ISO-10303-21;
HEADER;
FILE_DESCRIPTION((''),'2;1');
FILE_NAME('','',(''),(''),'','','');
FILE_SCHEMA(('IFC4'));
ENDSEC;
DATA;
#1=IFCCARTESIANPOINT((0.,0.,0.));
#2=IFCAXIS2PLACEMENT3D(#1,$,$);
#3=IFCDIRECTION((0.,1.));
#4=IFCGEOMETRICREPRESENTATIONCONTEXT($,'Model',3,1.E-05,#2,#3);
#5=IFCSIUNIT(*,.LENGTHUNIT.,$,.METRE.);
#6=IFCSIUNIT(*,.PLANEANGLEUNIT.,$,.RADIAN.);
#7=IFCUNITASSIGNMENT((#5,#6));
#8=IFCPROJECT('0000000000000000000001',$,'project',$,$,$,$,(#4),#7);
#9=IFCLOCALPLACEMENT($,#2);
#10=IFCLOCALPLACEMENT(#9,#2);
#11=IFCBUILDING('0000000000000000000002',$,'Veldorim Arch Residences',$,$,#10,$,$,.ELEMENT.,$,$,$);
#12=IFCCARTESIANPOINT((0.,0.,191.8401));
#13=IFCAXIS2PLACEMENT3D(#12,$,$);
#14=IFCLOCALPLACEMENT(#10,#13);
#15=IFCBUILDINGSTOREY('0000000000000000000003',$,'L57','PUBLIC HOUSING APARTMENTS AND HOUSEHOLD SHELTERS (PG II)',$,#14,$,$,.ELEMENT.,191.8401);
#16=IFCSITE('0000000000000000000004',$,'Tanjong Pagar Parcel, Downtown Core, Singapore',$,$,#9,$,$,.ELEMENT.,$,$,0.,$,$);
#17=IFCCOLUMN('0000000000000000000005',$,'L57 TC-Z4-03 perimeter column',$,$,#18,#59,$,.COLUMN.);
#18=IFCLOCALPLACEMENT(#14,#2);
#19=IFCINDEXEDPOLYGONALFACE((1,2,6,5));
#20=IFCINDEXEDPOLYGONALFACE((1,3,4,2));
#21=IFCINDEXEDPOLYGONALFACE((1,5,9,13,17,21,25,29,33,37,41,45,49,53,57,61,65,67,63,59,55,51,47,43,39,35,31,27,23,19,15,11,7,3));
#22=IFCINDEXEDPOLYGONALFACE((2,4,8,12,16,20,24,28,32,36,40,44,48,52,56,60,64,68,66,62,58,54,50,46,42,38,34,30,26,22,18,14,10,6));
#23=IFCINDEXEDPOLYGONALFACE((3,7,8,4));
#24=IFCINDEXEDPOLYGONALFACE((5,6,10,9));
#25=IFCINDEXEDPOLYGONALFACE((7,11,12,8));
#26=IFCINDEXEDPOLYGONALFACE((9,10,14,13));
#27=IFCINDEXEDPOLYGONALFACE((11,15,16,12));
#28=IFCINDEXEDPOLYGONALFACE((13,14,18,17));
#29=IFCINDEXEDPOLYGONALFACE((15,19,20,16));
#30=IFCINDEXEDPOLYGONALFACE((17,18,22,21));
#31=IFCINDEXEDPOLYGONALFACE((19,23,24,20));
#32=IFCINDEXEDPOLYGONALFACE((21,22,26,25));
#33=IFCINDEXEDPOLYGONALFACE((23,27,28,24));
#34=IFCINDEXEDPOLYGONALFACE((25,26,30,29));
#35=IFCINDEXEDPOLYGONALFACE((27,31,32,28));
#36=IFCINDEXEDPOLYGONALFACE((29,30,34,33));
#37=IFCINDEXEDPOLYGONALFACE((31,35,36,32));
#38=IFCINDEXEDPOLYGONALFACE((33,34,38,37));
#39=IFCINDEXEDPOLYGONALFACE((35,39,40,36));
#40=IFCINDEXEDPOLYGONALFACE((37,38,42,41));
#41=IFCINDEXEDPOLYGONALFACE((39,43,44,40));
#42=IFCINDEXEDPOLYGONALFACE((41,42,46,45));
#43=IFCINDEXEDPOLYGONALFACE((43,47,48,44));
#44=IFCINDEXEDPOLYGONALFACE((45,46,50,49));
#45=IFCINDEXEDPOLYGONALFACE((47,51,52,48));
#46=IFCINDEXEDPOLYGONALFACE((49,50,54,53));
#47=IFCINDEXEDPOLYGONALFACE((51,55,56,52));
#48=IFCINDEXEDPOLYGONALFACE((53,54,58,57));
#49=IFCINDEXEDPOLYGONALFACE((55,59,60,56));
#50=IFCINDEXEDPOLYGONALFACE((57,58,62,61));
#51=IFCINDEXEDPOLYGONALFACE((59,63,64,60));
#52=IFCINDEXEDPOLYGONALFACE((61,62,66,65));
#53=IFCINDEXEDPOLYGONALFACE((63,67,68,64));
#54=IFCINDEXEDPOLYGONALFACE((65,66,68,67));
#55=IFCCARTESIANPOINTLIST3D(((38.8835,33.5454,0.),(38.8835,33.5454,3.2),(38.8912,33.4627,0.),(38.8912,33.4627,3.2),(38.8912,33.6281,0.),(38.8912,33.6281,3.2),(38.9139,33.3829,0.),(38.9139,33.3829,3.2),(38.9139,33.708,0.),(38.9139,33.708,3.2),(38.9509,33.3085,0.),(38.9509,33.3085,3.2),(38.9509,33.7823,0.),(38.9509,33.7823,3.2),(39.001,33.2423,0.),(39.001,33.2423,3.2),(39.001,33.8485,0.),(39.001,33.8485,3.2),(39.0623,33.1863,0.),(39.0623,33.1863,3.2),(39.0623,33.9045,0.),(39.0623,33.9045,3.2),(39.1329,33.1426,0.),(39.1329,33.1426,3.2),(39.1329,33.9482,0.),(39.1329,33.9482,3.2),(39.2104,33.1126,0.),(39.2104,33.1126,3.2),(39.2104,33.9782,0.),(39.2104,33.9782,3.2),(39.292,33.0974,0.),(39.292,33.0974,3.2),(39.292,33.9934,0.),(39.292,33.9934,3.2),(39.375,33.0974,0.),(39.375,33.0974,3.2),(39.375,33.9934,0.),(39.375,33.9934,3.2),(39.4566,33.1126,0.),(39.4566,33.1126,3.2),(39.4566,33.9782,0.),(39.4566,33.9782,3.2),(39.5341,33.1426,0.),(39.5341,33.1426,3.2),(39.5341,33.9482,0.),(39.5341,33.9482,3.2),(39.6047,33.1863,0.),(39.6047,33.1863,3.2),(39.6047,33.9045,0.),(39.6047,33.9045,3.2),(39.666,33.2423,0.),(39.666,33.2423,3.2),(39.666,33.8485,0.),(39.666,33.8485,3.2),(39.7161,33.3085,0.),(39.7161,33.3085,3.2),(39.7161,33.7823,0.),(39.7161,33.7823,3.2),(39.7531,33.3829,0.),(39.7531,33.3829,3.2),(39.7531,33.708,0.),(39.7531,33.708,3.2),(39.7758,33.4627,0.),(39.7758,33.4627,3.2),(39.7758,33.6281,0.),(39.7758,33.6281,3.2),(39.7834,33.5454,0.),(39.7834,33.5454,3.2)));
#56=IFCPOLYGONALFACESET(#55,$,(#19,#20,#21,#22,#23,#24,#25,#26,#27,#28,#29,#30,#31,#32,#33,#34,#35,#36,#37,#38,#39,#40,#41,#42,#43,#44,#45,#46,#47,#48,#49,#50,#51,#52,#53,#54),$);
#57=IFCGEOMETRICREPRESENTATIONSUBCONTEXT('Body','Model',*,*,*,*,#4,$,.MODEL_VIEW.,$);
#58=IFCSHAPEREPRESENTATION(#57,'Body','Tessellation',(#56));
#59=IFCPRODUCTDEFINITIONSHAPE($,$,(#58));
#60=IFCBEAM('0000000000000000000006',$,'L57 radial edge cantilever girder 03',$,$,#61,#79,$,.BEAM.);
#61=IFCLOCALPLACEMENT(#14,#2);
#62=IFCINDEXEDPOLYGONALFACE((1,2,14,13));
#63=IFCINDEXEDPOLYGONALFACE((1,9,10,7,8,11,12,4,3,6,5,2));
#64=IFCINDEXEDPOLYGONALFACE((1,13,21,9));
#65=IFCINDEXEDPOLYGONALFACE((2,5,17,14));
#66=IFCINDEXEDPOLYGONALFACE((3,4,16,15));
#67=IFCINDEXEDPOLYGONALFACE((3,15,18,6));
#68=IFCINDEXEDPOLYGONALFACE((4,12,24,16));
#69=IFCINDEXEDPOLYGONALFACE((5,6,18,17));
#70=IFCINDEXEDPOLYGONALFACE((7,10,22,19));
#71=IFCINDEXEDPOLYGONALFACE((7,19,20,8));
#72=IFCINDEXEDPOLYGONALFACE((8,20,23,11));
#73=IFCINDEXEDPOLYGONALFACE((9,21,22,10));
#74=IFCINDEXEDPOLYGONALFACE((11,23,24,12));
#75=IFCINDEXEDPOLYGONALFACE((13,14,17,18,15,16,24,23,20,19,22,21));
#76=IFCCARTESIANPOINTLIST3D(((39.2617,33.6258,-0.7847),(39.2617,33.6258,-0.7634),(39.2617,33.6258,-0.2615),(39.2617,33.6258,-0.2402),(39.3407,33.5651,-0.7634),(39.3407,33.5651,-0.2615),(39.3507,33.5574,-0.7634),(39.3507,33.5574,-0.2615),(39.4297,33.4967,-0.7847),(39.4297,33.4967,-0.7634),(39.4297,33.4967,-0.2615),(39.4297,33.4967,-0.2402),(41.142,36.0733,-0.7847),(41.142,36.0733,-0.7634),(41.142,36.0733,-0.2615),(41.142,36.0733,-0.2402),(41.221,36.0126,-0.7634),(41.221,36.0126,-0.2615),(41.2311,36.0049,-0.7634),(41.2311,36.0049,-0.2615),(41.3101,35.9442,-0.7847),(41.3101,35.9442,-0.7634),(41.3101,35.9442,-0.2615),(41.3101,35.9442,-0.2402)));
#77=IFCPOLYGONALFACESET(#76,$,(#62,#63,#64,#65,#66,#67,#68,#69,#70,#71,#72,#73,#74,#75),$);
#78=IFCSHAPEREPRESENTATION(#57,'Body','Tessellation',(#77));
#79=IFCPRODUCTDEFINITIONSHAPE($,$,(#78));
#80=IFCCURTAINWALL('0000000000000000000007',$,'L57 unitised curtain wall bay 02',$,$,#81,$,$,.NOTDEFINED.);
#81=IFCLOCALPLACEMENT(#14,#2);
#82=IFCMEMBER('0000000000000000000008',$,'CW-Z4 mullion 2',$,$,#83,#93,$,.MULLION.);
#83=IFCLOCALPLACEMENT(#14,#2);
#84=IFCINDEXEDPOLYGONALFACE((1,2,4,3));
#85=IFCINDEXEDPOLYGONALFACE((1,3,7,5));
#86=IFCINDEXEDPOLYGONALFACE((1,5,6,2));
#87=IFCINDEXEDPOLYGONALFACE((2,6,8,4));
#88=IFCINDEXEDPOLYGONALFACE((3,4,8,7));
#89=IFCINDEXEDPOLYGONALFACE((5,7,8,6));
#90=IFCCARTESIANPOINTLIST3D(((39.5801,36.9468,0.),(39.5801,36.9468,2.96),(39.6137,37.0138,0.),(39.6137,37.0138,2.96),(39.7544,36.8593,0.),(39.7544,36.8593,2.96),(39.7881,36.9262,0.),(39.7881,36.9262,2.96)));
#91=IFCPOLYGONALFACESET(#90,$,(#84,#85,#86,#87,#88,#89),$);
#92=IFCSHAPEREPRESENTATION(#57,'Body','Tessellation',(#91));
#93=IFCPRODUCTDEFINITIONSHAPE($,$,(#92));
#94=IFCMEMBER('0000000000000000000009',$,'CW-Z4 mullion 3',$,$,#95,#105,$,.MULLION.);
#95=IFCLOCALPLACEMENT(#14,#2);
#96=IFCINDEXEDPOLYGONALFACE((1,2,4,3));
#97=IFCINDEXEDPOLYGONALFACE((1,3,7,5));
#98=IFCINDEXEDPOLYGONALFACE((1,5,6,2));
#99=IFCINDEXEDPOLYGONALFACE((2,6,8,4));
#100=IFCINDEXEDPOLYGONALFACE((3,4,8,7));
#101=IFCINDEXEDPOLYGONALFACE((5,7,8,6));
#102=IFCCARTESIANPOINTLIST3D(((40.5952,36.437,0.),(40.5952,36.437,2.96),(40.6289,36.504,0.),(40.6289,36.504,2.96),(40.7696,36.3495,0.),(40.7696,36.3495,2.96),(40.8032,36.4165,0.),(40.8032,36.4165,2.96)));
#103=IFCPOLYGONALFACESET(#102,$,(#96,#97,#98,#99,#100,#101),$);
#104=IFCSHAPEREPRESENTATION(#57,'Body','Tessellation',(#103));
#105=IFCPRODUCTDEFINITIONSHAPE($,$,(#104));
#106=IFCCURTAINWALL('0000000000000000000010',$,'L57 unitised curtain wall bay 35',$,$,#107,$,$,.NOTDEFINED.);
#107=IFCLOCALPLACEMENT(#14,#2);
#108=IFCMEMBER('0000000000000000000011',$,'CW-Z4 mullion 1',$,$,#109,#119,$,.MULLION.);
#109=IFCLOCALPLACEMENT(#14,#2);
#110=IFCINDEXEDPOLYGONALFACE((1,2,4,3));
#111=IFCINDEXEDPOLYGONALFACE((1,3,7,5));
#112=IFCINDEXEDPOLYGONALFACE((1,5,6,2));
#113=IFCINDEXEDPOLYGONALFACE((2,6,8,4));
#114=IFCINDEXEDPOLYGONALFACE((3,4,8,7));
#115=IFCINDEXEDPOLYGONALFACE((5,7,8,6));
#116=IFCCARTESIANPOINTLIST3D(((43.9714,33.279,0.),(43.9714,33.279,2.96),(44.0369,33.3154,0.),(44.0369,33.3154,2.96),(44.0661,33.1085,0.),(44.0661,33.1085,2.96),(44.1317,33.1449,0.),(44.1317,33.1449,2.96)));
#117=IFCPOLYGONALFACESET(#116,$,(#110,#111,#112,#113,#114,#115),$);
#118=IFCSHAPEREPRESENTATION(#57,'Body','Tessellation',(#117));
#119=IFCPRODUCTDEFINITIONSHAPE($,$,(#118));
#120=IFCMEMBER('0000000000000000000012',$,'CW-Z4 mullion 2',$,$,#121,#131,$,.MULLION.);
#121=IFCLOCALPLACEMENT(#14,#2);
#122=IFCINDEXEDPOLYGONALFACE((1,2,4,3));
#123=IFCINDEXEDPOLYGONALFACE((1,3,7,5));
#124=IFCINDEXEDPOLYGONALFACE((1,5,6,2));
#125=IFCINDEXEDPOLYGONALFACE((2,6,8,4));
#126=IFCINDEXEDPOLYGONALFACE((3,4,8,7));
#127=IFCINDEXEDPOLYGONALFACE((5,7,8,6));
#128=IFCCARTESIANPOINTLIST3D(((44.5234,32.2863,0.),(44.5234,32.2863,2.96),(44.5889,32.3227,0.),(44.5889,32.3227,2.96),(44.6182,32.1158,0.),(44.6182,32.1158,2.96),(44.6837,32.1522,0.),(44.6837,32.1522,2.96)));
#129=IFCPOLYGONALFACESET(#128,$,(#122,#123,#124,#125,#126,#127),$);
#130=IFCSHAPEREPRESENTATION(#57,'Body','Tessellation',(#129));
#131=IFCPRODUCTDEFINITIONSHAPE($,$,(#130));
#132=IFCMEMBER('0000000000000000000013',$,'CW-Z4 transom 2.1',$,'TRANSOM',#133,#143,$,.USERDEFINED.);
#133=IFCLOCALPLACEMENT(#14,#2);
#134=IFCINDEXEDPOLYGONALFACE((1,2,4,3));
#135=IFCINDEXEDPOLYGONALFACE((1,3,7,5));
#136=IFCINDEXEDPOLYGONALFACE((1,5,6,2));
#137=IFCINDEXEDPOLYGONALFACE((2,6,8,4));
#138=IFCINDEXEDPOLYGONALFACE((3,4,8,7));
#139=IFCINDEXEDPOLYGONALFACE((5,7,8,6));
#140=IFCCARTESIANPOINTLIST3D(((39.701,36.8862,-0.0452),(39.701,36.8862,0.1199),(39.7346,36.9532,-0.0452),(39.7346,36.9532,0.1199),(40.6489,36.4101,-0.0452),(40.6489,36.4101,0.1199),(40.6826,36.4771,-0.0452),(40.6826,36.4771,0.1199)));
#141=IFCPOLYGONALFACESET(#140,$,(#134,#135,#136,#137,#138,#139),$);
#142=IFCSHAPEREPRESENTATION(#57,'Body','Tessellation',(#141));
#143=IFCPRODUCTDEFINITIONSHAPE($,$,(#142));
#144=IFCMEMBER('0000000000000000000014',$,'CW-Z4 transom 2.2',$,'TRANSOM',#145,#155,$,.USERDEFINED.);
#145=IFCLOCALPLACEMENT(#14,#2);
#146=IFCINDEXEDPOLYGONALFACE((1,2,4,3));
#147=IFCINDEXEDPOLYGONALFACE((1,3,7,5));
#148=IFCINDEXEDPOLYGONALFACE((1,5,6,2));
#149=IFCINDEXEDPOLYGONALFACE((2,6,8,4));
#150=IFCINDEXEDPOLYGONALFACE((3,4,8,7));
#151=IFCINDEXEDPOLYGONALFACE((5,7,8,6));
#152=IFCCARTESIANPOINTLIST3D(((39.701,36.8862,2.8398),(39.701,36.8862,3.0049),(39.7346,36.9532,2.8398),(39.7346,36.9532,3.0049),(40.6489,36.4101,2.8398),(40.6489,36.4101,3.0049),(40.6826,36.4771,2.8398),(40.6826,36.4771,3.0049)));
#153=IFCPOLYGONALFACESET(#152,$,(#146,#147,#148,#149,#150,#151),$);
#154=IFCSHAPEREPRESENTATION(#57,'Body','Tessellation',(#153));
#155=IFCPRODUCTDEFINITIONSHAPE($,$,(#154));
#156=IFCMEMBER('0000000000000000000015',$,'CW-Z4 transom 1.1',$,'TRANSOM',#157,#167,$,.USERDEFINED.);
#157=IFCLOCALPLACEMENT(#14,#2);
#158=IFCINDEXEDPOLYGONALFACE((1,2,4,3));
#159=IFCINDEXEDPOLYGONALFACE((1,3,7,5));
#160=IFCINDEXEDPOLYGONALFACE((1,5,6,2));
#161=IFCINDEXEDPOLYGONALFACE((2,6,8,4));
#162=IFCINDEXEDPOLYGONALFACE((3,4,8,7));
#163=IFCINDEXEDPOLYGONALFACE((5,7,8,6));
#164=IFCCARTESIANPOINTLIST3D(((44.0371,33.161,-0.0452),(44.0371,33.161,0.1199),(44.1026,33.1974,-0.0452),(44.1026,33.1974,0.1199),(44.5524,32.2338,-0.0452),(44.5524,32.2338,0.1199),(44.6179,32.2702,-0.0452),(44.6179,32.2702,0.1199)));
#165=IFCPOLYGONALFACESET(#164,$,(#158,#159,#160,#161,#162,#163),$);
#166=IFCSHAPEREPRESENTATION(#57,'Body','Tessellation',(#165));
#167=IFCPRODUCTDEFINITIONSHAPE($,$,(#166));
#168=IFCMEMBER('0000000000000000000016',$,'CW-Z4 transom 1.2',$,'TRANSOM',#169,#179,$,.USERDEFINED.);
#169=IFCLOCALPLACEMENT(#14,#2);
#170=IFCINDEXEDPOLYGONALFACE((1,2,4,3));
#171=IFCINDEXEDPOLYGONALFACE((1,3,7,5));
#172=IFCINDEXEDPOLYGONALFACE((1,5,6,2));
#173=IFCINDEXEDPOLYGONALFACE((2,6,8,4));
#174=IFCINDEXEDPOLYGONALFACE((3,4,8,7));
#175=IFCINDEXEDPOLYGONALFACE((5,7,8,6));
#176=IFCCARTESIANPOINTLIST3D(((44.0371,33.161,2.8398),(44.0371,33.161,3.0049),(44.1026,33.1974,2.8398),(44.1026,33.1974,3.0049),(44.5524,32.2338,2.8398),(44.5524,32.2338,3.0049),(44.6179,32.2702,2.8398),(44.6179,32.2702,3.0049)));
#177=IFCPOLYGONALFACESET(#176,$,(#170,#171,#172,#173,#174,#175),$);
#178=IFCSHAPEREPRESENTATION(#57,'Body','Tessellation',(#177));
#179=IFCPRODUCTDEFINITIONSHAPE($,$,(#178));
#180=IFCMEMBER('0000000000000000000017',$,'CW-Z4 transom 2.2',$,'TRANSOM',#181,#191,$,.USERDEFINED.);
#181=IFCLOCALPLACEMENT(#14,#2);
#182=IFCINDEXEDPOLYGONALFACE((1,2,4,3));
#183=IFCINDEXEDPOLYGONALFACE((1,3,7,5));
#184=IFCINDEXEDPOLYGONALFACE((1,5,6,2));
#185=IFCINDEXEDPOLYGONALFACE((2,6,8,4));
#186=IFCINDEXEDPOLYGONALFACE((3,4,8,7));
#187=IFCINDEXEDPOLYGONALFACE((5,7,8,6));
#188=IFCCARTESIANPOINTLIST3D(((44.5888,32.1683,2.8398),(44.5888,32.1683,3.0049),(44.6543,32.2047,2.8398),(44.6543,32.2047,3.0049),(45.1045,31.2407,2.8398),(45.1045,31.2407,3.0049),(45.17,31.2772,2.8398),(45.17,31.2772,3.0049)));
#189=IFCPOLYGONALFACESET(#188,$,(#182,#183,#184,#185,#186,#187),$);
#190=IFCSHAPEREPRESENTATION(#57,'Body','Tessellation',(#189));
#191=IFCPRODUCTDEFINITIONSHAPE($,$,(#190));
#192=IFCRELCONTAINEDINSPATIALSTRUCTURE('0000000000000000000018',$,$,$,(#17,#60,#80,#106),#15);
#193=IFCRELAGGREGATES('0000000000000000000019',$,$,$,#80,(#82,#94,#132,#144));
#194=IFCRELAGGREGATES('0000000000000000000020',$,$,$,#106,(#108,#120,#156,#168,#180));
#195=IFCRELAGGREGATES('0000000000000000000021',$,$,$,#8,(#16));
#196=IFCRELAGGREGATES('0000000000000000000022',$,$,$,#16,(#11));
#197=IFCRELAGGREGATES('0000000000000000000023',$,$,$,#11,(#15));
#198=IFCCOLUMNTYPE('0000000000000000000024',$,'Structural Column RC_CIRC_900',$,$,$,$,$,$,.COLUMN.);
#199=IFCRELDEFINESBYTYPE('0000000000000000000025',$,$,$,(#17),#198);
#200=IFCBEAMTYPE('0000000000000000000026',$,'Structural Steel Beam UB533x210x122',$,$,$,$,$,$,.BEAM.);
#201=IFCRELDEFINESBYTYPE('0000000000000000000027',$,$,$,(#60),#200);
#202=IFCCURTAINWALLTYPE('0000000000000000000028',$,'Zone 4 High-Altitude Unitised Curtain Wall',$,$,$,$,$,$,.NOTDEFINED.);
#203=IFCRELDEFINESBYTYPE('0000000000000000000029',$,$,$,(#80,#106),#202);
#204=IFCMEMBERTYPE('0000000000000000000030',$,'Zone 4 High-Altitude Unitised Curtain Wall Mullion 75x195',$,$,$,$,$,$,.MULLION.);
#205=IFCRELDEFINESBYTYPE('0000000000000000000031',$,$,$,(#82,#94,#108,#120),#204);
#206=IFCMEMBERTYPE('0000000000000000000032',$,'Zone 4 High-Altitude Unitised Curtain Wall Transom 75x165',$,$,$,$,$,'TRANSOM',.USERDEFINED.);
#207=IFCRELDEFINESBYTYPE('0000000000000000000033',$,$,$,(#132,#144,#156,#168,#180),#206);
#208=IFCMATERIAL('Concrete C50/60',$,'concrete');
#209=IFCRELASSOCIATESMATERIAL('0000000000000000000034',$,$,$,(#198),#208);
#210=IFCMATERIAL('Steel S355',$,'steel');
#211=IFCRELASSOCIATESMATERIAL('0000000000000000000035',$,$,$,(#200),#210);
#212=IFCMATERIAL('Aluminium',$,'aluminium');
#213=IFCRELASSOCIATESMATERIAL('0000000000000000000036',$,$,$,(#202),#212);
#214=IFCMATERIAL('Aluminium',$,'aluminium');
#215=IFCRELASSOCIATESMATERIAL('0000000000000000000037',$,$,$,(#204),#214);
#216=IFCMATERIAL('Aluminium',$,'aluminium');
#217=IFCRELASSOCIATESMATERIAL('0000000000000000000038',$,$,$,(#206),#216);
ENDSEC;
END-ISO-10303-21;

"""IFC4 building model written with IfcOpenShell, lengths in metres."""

from ifc_helpers import new_model, si_unit, direction, frame, origin, origin_2d, place, context, subcontext, project, spatial, rectangle, circle, i_section, extrude, material, material_profile, profile_set, type_object, element, aggregate, save


model = new_model("IFC4")

# Units and contexts
model_context = context("Model", 3, precision=1e-05, world=origin(), true_north=direction((0.0, 1.0)))
body_context = subcontext(model_context, "Body", "Model", "MODEL_VIEW")
ifc_project = project(units=[si_unit("LENGTHUNIT", "METRE"), si_unit("PLANEANGLEUNIT", "RADIAN")], contexts=[model_context])

# Site, building, storey
site_placement = place(None, origin())
site = spatial("IfcSite", under=ifc_project, at=site_placement, Name="Tanjong Pagar Parcel, Downtown Core, Singapore", CompositionType="ELEMENT", RefElevation=0.0)
building_placement = place(site_placement, origin())
building = spatial("IfcBuilding", under=site, at=building_placement, Name="Veldorim Arch Residences", CompositionType="ELEMENT")
storey_placement = place(building_placement, frame((0.0, 0.0, 191.8401)))
storey = spatial("IfcBuildingStorey", under=building, at=storey_placement, Name="L57", Description="PUBLIC HOUSING APARTMENTS AND HOUSEHOLD SHELTERS (PG II)", CompositionType="ELEMENT", Elevation=191.8401)

# Column
ifc_material_1 = material(Name="Concrete C50/60", Category="concrete")
ifc_material_profile_1 = material_profile(ifc_material_1, circle(Radius=0.45, at=origin_2d()), Name="RC_CIRC_900")
ifc_profile_set_1 = profile_set([ifc_material_profile_1], Name="Concrete C50/60")
column_type = type_object("IfcColumnType", Name="Structural Column RC_CIRC_900", PredefinedType="COLUMN", material=ifc_profile_set_1)
column_placement = place(storey_placement, frame((39.3335, 33.5454, 0.0), z_axis=(0.0, 0.0, 1.0), x_axis=(1.0, 0.0, 0.0)))
element("IfcColumn", 1, at=column_placement, inside=storey, type_object=column_type, Name="L57 TC-Z4-03 perimeter column", PredefinedType="COLUMN", context=body_context, shape_type="SweptSolid", body=[
    extrude(circle(Radius=0.45, at=origin_2d()), origin(), (0.0, 0.0, 1.0), 3.2),
])

# Beam
ifc_material_2 = material(Name="Steel S355", Category="steel")
ifc_material_profile_2 = material_profile(ifc_material_2, i_section(OverallWidth=0.2119, OverallDepth=0.5444, WebThickness=0.0127, FlangeThickness=0.0212, at=origin_2d()), Name="UB533x210x122")
ifc_profile_set_2 = profile_set([ifc_material_profile_2], Name="Steel S355")
beam_type = type_object("IfcBeamType", Name="Structural Steel Beam UB533x210x122", PredefinedType="BEAM", material=ifc_profile_set_2)
beam_placement = place(storey_placement, frame((39.3457, 33.5613, -0.5125), z_axis=(0.609237, 0.792988, 0.0), x_axis=(-0.792988, 0.609237, 0.0)))
element("IfcBeam", 2, at=beam_placement, inside=storey, type_object=beam_type, Name="L57 radial edge cantilever girder 03", PredefinedType="BEAM", context=body_context, shape_type="SweptSolid", body=[
    extrude(i_section(OverallWidth=0.2119, OverallDepth=0.5444, WebThickness=0.0127, FlangeThickness=0.0212, at=origin_2d()), origin(), (0.0, 0.0, 1.0), 3.0864),
])

# Curtain walls, members
ifc_material_3 = material(Name="Aluminium", Category="aluminium")
curtain_wall_type = type_object("IfcCurtainWallType", Name="Zone 4 High-Altitude Unitised Curtain Wall", PredefinedType="NOTDEFINED", material=ifc_material_3)
curtain_wall_1_placement = place(storey_placement, origin())
curtain_wall_1 = element("IfcCurtainWall", 3, at=curtain_wall_1_placement, inside=storey, type_object=curtain_wall_type, Name="L57 unitised curtain wall bay 02", PredefinedType="NOTDEFINED")
ifc_material_4 = material(Name="Aluminium", Category="aluminium")
ifc_material_profile_3 = material_profile(ifc_material_4, rectangle(XDim=0.075, YDim=0.1951, at=origin_2d()), Name="ALU_MUL_75x195")
ifc_profile_set_3 = profile_set([ifc_material_profile_3], Name="Aluminium")
member_type_1 = type_object("IfcMemberType", Name="Zone 4 High-Altitude Unitised Curtain Wall Mullion 75x195", PredefinedType="MULLION", material=ifc_profile_set_3)
member_1_placement = place(storey_placement, frame((39.6841, 36.9365, 0.0), z_axis=(0.0, 0.0, 1.0), x_axis=(0.448866, 0.893599, 0.0)))
member_1 = element("IfcMember", 4, at=member_1_placement, type_object=member_type_1, Name="CW-Z4 mullion 2", PredefinedType="MULLION", context=body_context, shape_type="SweptSolid", body=[
    extrude(rectangle(XDim=0.075, YDim=0.1951, at=origin_2d()), origin(), (0.0, 0.0, 1.0), 2.96),
])
member_2_placement = place(storey_placement, frame((40.6992, 36.4268, 0.0), z_axis=(0.0, 0.0, 1.0), x_axis=(0.448866, 0.893599, 0.0)))
member_2 = element("IfcMember", 5, at=member_2_placement, type_object=member_type_1, Name="CW-Z4 mullion 3", PredefinedType="MULLION", context=body_context, shape_type="SweptSolid", body=[
    extrude(rectangle(XDim=0.075, YDim=0.1951, at=origin_2d()), origin(), (0.0, 0.0, 1.0), 2.96),
])
curtain_wall_2_placement = place(storey_placement, origin())
curtain_wall_2 = element("IfcCurtainWall", 6, at=curtain_wall_2_placement, inside=storey, type_object=curtain_wall_type, Name="L57 unitised curtain wall bay 35", PredefinedType="NOTDEFINED")
member_3_placement = place(storey_placement, frame((44.0515, 33.2119, 0.0), z_axis=(0.0, 0.0, 1.0), x_axis=(0.874023, 0.485885, 0.0)))
member_3 = element("IfcMember", 7, at=member_3_placement, type_object=member_type_1, Name="CW-Z4 mullion 1", PredefinedType="MULLION", context=body_context, shape_type="SweptSolid", body=[
    extrude(rectangle(XDim=0.075, YDim=0.1951, at=origin_2d()), origin(), (0.0, 0.0, 1.0), 2.96),
])
member_4_placement = place(storey_placement, frame((44.6035, 32.2192, 0.0), z_axis=(0.0, 0.0, 1.0), x_axis=(0.874023, 0.485885, 0.0)))
member_4 = element("IfcMember", 8, at=member_4_placement, type_object=member_type_1, Name="CW-Z4 mullion 2", PredefinedType="MULLION", context=body_context, shape_type="SweptSolid", body=[
    extrude(rectangle(XDim=0.075, YDim=0.1951, at=origin_2d()), origin(), (0.0, 0.0, 1.0), 2.96),
])

# Members
ifc_material_5 = material(Name="Aluminium", Category="aluminium")
ifc_material_profile_4 = material_profile(ifc_material_5, rectangle(XDim=0.075, YDim=0.165, at=origin_2d()), Name="ALU_TRN_75x165")
ifc_profile_set_4 = profile_set([ifc_material_profile_4], Name="Aluminium")
member_type_2 = type_object("IfcMemberType", Name="Zone 4 High-Altitude Unitised Curtain Wall Transom 75x165", ElementType="TRANSOM", PredefinedType="USERDEFINED", material=ifc_profile_set_4)
member_5_placement = place(storey_placement, frame((39.7178, 36.9197, 0.0374), z_axis=(0.893643, -0.448778, 0.0), x_axis=(0.448778, 0.893643, 0.0)))
member_5 = element("IfcMember", 9, at=member_5_placement, type_object=member_type_2, Name="CW-Z4 transom 2.1", ObjectType="TRANSOM", PredefinedType="USERDEFINED", context=body_context, shape_type="SweptSolid", body=[
    extrude(rectangle(XDim=0.075, YDim=0.165, at=origin_2d()), origin(), (0.0, 0.0, 1.0), 1.0608),
])
member_6_placement = place(storey_placement, frame((39.7178, 36.9197, 2.9224), z_axis=(0.893643, -0.448778, 0.0), x_axis=(0.448778, 0.893643, 0.0)))
member_6 = element("IfcMember", 10, at=member_6_placement, type_object=member_type_2, Name="CW-Z4 transom 2.2", ObjectType="TRANSOM", PredefinedType="USERDEFINED", context=body_context, shape_type="SweptSolid", body=[
    extrude(rectangle(XDim=0.075, YDim=0.165, at=origin_2d()), origin(), (0.0, 0.0, 1.0), 1.0608),
])
member_7_placement = place(storey_placement, frame((44.0698, 33.1792, 0.0374), z_axis=(0.485819, -0.87406, 0.0), x_axis=(0.87406, 0.485819, 0.0)))
member_7 = element("IfcMember", 11, at=member_7_placement, type_object=member_type_2, Name="CW-Z4 transom 1.1", ObjectType="TRANSOM", PredefinedType="USERDEFINED", context=body_context, shape_type="SweptSolid", body=[
    extrude(rectangle(XDim=0.075, YDim=0.165, at=origin_2d()), origin(), (0.0, 0.0, 1.0), 1.0608),
])
member_8_placement = place(storey_placement, frame((44.0698, 33.1792, 2.9224), z_axis=(0.485819, -0.87406, 0.0), x_axis=(0.87406, 0.485819, 0.0)))
member_8 = element("IfcMember", 12, at=member_8_placement, type_object=member_type_2, Name="CW-Z4 transom 1.2", ObjectType="TRANSOM", PredefinedType="USERDEFINED", context=body_context, shape_type="SweptSolid", body=[
    extrude(rectangle(XDim=0.075, YDim=0.165, at=origin_2d()), origin(), (0.0, 0.0, 1.0), 1.0608),
])
member_9_placement = place(storey_placement, frame((44.6216, 32.1865, 2.9224), z_axis=(0.485897, -0.874016, 0.0), x_axis=(0.874016, 0.485897, 0.0)))
member_9 = element("IfcMember", 13, at=member_9_placement, type_object=member_type_2, Name="CW-Z4 transom 2.2", ObjectType="TRANSOM", PredefinedType="USERDEFINED", context=body_context, shape_type="SweptSolid", body=[
    extrude(rectangle(XDim=0.075, YDim=0.165, at=origin_2d()), origin(), (0.0, 0.0, 1.0), 1.0613),
])

aggregate(curtain_wall_1, [member_1, member_2, member_5, member_6])
aggregate(curtain_wall_2, [member_3, member_4, member_7, member_8, member_9])

save(model, "model.ifc")
